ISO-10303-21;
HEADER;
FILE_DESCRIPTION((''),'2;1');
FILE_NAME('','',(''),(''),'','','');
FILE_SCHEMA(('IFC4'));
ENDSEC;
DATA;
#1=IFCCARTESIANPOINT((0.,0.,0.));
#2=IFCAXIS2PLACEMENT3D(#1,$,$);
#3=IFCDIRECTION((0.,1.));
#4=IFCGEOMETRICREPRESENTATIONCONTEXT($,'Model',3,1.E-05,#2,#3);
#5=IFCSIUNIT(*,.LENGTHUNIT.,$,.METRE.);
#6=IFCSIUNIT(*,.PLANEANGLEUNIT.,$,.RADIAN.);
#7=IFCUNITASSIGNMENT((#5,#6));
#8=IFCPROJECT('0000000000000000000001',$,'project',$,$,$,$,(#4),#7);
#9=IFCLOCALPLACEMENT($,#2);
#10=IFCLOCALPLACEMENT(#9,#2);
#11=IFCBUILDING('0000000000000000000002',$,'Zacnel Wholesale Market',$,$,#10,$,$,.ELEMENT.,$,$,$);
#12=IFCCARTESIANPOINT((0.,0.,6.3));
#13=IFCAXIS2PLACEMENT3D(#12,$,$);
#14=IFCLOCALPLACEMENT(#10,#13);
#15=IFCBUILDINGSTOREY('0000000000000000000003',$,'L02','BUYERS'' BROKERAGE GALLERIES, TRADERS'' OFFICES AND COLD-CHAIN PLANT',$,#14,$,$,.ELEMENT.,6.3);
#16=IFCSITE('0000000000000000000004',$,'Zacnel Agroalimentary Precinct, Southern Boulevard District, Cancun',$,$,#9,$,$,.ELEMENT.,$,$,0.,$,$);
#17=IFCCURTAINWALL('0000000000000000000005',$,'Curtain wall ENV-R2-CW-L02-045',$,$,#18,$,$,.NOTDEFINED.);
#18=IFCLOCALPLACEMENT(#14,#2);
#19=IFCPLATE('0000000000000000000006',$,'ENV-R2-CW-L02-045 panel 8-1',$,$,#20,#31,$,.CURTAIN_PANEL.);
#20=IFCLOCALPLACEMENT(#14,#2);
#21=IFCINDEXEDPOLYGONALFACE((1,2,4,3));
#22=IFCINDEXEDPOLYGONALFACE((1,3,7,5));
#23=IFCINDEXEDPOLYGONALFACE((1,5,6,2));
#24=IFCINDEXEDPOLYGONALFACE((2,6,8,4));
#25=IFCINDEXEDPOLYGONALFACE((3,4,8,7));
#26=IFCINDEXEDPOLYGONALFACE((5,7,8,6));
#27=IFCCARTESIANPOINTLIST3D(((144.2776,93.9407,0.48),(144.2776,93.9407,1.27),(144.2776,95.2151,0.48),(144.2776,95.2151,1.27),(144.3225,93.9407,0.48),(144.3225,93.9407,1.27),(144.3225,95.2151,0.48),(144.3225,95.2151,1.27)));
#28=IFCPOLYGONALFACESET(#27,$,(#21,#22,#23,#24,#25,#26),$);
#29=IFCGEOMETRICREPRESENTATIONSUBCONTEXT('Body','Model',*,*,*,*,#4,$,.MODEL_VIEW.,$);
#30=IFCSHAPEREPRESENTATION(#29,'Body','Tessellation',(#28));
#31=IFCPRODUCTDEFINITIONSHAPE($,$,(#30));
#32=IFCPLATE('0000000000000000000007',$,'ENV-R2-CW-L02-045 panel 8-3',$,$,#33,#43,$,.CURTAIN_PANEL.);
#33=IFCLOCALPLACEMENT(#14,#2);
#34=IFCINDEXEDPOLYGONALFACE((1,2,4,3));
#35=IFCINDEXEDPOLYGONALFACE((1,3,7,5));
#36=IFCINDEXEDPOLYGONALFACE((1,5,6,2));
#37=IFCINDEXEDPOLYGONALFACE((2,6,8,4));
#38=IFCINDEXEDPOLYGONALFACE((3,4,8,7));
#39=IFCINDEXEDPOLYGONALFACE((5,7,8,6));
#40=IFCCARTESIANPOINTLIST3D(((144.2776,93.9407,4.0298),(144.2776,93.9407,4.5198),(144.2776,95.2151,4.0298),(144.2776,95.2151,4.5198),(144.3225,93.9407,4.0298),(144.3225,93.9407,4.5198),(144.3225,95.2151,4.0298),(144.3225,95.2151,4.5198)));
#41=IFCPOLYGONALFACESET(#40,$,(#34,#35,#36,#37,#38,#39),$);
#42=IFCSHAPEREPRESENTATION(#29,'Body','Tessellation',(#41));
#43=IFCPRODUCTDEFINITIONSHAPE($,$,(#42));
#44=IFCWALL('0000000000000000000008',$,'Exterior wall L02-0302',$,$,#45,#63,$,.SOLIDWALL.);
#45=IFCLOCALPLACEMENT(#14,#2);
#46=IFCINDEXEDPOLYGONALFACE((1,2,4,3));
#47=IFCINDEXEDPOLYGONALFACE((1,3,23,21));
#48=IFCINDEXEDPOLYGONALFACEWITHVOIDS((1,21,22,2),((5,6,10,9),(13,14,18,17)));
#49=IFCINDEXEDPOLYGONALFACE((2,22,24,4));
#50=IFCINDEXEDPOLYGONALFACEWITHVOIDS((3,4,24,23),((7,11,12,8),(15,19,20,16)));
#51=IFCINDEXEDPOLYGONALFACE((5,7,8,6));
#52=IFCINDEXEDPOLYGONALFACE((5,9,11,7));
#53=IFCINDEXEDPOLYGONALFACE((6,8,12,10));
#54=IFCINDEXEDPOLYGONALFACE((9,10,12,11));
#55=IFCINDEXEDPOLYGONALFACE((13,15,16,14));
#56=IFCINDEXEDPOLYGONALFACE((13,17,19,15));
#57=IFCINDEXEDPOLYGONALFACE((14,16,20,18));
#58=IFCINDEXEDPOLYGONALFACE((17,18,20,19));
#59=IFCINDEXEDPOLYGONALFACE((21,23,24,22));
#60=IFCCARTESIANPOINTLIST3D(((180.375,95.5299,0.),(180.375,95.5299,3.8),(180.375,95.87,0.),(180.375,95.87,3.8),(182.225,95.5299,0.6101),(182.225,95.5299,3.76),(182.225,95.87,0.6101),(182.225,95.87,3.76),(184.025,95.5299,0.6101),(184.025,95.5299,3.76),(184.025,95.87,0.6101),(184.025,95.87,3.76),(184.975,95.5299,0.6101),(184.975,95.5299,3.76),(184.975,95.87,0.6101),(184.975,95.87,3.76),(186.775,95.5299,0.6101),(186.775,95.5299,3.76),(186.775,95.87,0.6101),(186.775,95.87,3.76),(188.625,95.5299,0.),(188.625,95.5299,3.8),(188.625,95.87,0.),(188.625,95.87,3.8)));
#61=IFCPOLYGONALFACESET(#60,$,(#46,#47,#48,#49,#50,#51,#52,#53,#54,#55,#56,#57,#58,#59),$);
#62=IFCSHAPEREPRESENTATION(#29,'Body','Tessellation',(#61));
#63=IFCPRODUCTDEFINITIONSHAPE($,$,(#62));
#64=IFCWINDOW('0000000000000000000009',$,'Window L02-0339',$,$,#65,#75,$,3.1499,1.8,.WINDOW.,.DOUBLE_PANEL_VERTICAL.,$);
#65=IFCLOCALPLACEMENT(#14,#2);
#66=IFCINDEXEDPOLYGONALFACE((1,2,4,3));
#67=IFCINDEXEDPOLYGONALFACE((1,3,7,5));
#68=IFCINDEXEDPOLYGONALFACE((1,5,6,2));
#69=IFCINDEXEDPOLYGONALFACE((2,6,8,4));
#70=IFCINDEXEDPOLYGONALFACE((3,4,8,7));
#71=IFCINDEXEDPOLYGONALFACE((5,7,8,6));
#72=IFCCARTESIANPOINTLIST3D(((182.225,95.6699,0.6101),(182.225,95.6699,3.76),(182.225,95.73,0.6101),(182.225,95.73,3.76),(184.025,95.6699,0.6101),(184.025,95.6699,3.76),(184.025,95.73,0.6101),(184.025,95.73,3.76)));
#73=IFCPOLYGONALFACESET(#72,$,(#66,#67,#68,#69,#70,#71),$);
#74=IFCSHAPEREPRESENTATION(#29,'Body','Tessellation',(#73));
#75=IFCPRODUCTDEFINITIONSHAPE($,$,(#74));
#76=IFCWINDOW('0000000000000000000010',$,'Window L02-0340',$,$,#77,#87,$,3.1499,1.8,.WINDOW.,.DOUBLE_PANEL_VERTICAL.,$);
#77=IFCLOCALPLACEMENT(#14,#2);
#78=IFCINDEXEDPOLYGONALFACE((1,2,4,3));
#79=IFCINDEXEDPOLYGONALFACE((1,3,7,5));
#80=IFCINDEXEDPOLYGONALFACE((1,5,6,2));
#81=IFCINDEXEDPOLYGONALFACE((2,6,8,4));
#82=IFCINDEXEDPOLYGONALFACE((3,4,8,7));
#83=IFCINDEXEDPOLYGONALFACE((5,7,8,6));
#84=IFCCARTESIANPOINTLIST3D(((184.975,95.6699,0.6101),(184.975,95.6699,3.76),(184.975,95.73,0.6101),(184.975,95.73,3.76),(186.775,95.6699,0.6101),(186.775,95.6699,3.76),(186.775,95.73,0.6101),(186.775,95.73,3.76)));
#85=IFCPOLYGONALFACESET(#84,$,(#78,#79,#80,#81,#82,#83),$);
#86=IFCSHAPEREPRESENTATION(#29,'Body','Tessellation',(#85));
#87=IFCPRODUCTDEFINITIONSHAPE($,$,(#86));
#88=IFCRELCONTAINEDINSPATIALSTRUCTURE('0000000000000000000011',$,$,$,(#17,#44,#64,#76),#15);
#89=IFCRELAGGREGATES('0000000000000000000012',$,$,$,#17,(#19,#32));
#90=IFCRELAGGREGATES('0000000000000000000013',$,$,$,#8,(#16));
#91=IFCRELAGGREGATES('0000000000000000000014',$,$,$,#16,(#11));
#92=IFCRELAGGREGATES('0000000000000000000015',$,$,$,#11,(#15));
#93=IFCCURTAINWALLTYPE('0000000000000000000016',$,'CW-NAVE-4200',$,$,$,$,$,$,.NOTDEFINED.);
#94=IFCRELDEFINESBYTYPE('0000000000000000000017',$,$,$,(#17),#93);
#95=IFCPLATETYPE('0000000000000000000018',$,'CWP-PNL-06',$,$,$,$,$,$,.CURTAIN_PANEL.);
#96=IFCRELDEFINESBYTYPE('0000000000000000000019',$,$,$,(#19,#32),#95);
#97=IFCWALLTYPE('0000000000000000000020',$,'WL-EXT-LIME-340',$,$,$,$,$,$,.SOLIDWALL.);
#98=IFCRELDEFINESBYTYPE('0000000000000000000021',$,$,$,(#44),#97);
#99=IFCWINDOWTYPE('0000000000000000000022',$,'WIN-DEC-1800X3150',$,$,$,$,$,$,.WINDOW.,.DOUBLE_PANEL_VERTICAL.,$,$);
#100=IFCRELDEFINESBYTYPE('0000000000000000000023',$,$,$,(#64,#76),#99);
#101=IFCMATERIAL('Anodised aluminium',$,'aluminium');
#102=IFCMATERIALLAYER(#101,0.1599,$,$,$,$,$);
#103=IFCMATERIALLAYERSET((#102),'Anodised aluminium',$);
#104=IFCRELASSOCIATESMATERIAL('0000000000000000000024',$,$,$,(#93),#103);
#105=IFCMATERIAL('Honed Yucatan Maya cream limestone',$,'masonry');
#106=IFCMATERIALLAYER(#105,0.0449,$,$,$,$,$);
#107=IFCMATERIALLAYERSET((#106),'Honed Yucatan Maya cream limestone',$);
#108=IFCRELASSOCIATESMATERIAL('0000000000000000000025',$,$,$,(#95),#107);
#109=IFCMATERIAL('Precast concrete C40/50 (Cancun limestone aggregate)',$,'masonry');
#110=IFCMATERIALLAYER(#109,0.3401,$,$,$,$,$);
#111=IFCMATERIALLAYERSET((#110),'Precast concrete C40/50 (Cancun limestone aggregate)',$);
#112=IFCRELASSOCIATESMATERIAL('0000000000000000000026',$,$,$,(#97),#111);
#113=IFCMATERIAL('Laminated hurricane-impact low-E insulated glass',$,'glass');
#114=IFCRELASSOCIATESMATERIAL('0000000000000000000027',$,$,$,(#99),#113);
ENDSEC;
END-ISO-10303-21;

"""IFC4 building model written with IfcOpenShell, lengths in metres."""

from ifc_helpers import new_model, si_unit, direction, frame, frame_2d, origin, origin_2d, place, context, subcontext, project, spatial, rectangle, extrude, material, layer, layer_set, type_object, element, fill, aggregate, save


model = new_model("IFC4")

# Units and contexts
model_context = context("Model", 3, precision=1e-05, world=origin(), true_north=direction((0.0, 1.0)))
body_context = subcontext(model_context, "Body", "Model", "MODEL_VIEW")
ifc_project = project(units=[si_unit("LENGTHUNIT", "METRE"), si_unit("PLANEANGLEUNIT", "RADIAN")], contexts=[model_context])

# Site, building, storey
site_placement = place(None, origin())
site = spatial("IfcSite", under=ifc_project, at=site_placement, Name="Zacnel Agroalimentary Precinct, Southern Boulevard District, Cancun", CompositionType="ELEMENT", RefElevation=0.0)
building_placement = place(site_placement, origin())
building = spatial("IfcBuilding", under=site, at=building_placement, Name="Zacnel Wholesale Market", CompositionType="ELEMENT")
storey_placement = place(building_placement, frame((0.0, 0.0, 6.3)))
storey = spatial("IfcBuildingStorey", under=building, at=storey_placement, Name="L02", Description="BUYERS' BROKERAGE GALLERIES, TRADERS' OFFICES AND COLD-CHAIN PLANT", CompositionType="ELEMENT", Elevation=6.3)

# Curtain wall, plates
ifc_material_1 = material(Name="Anodised aluminium", Category="aluminium")
ifc_layer_1 = layer(ifc_material_1, 0.1599)
ifc_layer_set_1 = layer_set([ifc_layer_1], Name="Anodised aluminium")
curtain_wall_type = type_object("IfcCurtainWallType", Name="CW-NAVE-4200", PredefinedType="NOTDEFINED", material=ifc_layer_set_1)
curtain_wall_placement = place(storey_placement, origin())
curtain_wall = element("IfcCurtainWall", 1, at=curtain_wall_placement, inside=storey, type_object=curtain_wall_type, Name="Curtain wall ENV-R2-CW-L02-045", PredefinedType="NOTDEFINED")
ifc_material_2 = material(Name="Honed Yucatan Maya cream limestone", Category="masonry")
ifc_layer_2 = layer(ifc_material_2, 0.0449)
ifc_layer_set_2 = layer_set([ifc_layer_2], Name="Honed Yucatan Maya cream limestone")
plate_type_1 = type_object("IfcPlateType", Name="CWP-PNL-06", PredefinedType="CURTAIN_PANEL", material=ifc_layer_set_2)
plate_1_placement = place(storey_placement, frame((144.3, 94.5779, 0.48), z_axis=(0.0, 0.0, 1.0), x_axis=(0.0, 1.0, 0.0)))
plate_1 = element("IfcPlate", 2, at=plate_1_placement, type_object=plate_type_1, Name="ENV-R2-CW-L02-045 panel 8-1", PredefinedType="CURTAIN_PANEL", context=body_context, shape_type="SweptSolid", body=[
    extrude(rectangle(XDim=1.2744, YDim=0.0449, at=origin_2d()), origin(), (0.0, 0.0, 1.0), 0.79),
])
plate_2_placement = place(storey_placement, frame((144.3, 94.5779, 4.0298), z_axis=(0.0, 0.0, 1.0), x_axis=(0.0, 1.0, 0.0)))
plate_2 = element("IfcPlate", 3, at=plate_2_placement, type_object=plate_type_1, Name="ENV-R2-CW-L02-045 panel 8-3", PredefinedType="CURTAIN_PANEL", context=body_context, shape_type="SweptSolid", body=[
    extrude(rectangle(XDim=1.2744, YDim=0.0449, at=origin_2d()), origin(), (0.0, 0.0, 1.0), 0.49),
])
aggregate(curtain_wall, [plate_1, plate_2])

# Wall, openings, windows
ifc_material_3 = material(Name="Precast concrete C40/50 (Cancun limestone aggregate)", Category="masonry")
ifc_layer_3 = layer(ifc_material_3, 0.3401)
ifc_layer_set_3 = layer_set([ifc_layer_3], Name="Precast concrete C40/50 (Cancun limestone aggregate)")
wall_type = type_object("IfcWallType", Name="WL-EXT-LIME-340", PredefinedType="SOLIDWALL", material=ifc_layer_set_3)
wall_placement = place(storey_placement, frame((180.375, 95.7, 0.0), z_axis=(0.0, 0.0, 1.0), x_axis=(1.0, 0.0, 0.0)))
wall = element("IfcWall", 4, at=wall_placement, inside=storey, type_object=wall_type, Name="Exterior wall L02-0302", PredefinedType="SOLIDWALL", context=body_context, shape_type="SweptSolid", body=[
    extrude(rectangle(XDim=8.25, YDim=0.3401, at=frame_2d((4.125, 0.0))), origin(), (0.0, 0.0, 1.0), 3.8),
])
opening_1_placement = place(wall_placement, frame((1.8501, 0.0, 0.6101)))
opening_1 = element("IfcOpeningElement", 5, at=opening_1_placement, cuts=wall, PredefinedType="OPENING", context=body_context, shape_type="SweptSolid", body=[
    extrude(rectangle(XDim=1.8, YDim=3.1499, at=frame_2d((0.8999, 1.575))), frame((0.0, 0.1799, 0.0), z_axis=(0.0, -1.0, 0.0), x_axis=(1.0, 0.0, 0.0)), (0.0, 0.0, 1.0), 0.3601),
])
opening_2_placement = place(wall_placement, frame((4.6001, 0.0, 0.6101)))
opening_2 = element("IfcOpeningElement", 6, at=opening_2_placement, cuts=wall, PredefinedType="OPENING", context=body_context, shape_type="SweptSolid", body=[
    extrude(rectangle(XDim=1.8, YDim=3.1499, at=frame_2d((0.8999, 1.575))), frame((0.0, 0.1799, 0.0), z_axis=(0.0, -1.0, 0.0), x_axis=(1.0, 0.0, 0.0)), (0.0, 0.0, 1.0), 0.3601),
])
ifc_material_4 = material(Name="Laminated hurricane-impact low-E insulated glass", Category="glass")
window_type = type_object("IfcWindowType", Name="WIN-DEC-1800X3150", PartitioningType="DOUBLE_PANEL_VERTICAL", PredefinedType="WINDOW", material=ifc_material_4)
window_1_placement = place(opening_1_placement, origin())
window_1 = element("IfcWindow", 7, at=window_1_placement, inside=storey, type_object=window_type, Name="Window L02-0339", OverallHeight=3.1499, OverallWidth=1.8, PartitioningType="DOUBLE_PANEL_VERTICAL", PredefinedType="WINDOW", context=body_context, shape_type="SweptSolid", body=[
    extrude(rectangle(XDim=1.8, YDim=3.1499, at=frame_2d((0.8999, 1.575))), frame((0.0, 0.03, 0.0), z_axis=(0.0, -1.0, 0.0), x_axis=(1.0, 0.0, 0.0)), (0.0, 0.0, 1.0), 0.0601),
])
fill(opening_1, window_1)
window_2_placement = place(opening_2_placement, origin())
window_2 = element("IfcWindow", 8, at=window_2_placement, inside=storey, type_object=window_type, Name="Window L02-0340", OverallHeight=3.1499, OverallWidth=1.8, PartitioningType="DOUBLE_PANEL_VERTICAL", PredefinedType="WINDOW", context=body_context, shape_type="SweptSolid", body=[
    extrude(rectangle(XDim=1.8, YDim=3.1499, at=frame_2d((0.8999, 1.575))), frame((0.0, 0.03, 0.0), z_axis=(0.0, -1.0, 0.0), x_axis=(1.0, 0.0, 0.0)), (0.0, 0.0, 1.0), 0.0601),
])
fill(opening_2, window_2)

save(model, "model.ifc")
